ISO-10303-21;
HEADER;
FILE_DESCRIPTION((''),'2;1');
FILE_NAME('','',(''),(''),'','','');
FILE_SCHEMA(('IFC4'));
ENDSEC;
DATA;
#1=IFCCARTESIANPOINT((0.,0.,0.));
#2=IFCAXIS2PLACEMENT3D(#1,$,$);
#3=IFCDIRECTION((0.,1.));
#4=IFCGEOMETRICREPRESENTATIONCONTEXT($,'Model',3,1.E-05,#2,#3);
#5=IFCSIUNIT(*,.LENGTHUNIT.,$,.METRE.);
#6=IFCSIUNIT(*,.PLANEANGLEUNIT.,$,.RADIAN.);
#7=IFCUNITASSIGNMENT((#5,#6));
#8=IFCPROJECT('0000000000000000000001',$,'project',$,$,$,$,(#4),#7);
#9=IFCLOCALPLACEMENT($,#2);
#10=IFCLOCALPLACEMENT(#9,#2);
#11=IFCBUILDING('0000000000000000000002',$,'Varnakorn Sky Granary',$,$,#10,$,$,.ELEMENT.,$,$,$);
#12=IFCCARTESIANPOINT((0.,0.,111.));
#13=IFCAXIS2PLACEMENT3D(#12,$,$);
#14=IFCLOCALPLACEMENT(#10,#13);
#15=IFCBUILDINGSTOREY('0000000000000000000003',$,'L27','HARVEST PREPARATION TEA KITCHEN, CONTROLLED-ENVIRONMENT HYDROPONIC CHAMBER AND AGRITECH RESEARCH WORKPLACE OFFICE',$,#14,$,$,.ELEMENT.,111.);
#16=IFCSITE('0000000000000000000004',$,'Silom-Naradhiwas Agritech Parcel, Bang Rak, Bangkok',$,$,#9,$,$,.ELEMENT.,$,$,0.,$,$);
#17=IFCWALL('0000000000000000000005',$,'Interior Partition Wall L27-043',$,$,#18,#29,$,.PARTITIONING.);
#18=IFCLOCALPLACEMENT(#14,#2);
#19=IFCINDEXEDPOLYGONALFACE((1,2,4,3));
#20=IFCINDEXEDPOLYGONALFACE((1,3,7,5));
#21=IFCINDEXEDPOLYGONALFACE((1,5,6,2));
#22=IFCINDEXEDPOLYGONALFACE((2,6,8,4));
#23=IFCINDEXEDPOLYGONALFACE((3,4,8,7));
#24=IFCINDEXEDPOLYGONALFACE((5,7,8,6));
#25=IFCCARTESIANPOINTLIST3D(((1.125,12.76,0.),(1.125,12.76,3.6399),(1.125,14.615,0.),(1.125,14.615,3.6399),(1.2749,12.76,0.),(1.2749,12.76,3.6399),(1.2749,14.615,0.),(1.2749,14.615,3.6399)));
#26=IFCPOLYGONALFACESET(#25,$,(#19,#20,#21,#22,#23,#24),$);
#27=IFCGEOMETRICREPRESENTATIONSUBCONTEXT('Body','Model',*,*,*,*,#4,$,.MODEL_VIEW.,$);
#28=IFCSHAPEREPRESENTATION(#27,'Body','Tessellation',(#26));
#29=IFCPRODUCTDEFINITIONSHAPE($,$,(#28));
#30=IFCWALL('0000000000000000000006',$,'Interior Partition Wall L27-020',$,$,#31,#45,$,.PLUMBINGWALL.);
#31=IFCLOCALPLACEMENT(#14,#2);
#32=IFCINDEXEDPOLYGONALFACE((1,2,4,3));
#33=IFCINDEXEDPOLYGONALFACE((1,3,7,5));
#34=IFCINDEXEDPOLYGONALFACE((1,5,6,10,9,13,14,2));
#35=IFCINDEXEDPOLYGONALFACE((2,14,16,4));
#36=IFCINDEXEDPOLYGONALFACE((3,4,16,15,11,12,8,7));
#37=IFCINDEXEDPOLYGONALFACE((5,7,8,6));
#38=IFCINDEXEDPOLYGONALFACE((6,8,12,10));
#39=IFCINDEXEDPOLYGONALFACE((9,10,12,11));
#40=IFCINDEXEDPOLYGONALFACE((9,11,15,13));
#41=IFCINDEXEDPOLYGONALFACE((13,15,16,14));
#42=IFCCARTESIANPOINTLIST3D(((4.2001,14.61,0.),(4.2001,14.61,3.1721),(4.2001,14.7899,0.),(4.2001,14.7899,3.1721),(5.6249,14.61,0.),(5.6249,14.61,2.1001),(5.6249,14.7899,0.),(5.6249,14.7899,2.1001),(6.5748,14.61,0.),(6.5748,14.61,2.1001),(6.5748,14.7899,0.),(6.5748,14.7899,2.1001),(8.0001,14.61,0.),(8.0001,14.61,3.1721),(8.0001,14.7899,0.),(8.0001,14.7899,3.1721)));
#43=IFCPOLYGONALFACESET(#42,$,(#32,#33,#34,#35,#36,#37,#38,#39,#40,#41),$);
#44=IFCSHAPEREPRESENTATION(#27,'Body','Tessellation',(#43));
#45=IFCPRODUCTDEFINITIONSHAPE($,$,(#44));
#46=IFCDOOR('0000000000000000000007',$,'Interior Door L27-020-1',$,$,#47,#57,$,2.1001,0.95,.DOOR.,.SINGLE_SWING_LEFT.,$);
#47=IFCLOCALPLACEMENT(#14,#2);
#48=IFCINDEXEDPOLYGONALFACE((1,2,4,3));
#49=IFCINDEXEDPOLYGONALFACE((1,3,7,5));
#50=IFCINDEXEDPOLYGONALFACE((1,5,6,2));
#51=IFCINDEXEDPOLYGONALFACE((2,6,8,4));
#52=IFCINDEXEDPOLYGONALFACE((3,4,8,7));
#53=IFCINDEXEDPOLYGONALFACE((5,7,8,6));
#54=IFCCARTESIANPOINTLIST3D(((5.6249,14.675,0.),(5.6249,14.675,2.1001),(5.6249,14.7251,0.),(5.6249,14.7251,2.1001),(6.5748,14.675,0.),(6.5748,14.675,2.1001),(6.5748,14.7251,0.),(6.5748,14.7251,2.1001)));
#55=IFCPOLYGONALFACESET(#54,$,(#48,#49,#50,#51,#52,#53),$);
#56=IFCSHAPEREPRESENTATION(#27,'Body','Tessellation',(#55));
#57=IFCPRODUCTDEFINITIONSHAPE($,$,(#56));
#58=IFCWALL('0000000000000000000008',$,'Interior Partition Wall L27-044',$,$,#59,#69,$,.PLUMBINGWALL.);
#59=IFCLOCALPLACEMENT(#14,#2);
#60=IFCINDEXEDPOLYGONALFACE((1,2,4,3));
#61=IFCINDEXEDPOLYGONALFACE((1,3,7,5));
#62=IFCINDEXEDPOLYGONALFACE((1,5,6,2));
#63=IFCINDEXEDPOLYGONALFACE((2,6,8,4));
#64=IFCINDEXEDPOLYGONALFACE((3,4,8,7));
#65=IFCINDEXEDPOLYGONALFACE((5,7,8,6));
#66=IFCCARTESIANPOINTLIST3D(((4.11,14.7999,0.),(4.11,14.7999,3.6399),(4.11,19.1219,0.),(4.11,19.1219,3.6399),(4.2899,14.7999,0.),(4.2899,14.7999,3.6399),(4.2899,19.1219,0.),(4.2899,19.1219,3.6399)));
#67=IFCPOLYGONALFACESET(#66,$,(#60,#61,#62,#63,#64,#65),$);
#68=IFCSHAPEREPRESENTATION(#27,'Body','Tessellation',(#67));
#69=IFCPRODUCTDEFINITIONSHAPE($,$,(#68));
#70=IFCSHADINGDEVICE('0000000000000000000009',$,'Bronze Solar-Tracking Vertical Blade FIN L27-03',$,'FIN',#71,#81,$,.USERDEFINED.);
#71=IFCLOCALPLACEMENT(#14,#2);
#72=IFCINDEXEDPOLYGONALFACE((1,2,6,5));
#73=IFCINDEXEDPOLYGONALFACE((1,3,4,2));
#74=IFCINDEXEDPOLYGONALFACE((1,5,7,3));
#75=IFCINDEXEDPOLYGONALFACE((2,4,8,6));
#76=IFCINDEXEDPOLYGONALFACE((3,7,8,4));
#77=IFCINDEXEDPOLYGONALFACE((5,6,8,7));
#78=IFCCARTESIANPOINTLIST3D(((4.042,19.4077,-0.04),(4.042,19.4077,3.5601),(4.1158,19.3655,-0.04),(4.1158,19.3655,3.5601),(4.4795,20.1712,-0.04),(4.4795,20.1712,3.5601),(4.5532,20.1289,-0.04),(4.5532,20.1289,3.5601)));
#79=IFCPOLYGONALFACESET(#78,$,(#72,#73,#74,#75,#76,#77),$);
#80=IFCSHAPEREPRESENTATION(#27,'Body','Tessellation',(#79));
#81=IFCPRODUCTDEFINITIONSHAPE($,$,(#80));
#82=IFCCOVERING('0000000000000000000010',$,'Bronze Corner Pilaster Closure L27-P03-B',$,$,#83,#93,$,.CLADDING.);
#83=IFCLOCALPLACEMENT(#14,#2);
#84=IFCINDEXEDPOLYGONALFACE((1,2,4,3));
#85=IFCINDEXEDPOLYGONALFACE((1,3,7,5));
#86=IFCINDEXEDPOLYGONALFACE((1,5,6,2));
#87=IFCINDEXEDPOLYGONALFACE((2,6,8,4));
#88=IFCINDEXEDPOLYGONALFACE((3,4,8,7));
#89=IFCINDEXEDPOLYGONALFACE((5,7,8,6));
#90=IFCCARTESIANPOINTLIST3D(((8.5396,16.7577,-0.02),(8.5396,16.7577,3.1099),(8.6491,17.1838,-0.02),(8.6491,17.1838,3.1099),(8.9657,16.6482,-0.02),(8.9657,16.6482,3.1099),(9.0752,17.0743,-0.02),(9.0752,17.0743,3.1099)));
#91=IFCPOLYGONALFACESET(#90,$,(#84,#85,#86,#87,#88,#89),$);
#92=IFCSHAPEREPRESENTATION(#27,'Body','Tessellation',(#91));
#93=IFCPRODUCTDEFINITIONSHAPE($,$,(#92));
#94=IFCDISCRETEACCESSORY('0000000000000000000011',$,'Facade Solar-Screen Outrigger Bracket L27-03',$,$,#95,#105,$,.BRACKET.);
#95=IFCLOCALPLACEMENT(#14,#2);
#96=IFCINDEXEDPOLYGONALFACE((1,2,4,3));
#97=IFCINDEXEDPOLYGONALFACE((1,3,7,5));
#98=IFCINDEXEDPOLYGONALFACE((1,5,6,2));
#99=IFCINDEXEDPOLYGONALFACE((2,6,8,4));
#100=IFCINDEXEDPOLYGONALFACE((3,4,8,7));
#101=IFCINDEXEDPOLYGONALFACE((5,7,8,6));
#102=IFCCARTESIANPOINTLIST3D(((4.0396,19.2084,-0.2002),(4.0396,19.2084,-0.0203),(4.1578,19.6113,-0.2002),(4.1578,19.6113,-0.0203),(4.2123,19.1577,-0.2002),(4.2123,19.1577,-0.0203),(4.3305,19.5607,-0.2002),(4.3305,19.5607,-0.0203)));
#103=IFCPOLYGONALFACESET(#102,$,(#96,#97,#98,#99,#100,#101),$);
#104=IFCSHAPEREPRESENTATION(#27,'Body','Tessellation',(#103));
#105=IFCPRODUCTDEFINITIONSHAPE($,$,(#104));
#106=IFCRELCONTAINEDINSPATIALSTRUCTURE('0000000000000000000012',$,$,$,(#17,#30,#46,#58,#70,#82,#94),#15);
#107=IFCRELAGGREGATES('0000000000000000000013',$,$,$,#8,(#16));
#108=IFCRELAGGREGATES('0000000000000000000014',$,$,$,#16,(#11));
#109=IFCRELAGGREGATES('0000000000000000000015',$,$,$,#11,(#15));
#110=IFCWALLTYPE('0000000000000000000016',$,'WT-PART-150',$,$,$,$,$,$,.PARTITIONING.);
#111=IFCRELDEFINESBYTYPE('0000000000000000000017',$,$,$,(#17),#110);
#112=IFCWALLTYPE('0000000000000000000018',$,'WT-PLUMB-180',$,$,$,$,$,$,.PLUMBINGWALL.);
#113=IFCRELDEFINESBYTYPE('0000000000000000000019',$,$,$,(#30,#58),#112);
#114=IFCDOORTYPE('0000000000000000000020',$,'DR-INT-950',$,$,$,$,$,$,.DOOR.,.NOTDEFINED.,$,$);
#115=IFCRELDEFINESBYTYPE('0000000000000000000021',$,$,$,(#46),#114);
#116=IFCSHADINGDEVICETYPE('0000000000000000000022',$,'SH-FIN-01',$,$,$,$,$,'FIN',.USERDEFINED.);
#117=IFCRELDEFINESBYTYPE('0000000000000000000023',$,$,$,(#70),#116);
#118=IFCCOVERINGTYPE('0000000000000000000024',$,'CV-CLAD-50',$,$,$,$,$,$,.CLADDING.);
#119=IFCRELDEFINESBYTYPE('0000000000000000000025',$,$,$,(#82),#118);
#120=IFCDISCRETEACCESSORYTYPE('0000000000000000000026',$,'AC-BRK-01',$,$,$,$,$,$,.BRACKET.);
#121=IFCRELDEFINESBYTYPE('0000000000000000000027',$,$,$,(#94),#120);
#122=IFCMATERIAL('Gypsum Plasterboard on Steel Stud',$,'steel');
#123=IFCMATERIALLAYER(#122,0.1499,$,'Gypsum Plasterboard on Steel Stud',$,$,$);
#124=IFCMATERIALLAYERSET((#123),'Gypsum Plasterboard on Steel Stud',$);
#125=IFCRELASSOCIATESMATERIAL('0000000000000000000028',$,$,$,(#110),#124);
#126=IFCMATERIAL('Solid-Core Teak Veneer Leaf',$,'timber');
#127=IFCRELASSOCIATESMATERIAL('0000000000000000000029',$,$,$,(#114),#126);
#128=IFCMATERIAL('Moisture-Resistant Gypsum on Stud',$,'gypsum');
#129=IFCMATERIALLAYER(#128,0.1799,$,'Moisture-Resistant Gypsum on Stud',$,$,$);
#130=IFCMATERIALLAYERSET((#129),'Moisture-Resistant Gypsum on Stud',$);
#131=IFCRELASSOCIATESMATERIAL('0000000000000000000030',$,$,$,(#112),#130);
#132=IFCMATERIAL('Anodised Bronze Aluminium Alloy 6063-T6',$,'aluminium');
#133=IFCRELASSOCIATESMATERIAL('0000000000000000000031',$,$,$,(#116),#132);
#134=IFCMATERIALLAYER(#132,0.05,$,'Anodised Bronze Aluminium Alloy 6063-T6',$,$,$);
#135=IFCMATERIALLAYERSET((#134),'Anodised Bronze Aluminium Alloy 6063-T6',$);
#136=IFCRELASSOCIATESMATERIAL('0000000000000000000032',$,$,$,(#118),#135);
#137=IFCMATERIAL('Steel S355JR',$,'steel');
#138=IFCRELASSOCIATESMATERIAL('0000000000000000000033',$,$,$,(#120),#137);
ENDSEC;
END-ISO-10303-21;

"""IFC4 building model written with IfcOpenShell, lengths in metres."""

from ifc_helpers import new_model, si_unit, direction, frame, frame_2d, origin, origin_2d, place, context, subcontext, project, spatial, rectangle, extrude, source, transform, mapped, material, layer, layer_set, type_object, type_shapes, element, fill, save


model = new_model("IFC4")

# Units and contexts
model_context = context("Model", 3, precision=1e-05, world=origin(), true_north=direction((0.0, 1.0)))
body_context = subcontext(model_context, "Body", "Model", "MODEL_VIEW")
ifc_project = project(units=[si_unit("LENGTHUNIT", "METRE"), si_unit("PLANEANGLEUNIT", "RADIAN")], contexts=[model_context])

# Site, building, storey
site_placement = place(None, origin())
site = spatial("IfcSite", under=ifc_project, at=site_placement, Name="Silom-Naradhiwas Agritech Parcel, Bang Rak, Bangkok", CompositionType="ELEMENT", RefElevation=0.0)
building_placement = place(site_placement, origin())
building = spatial("IfcBuilding", under=site, at=building_placement, Name="Varnakorn Sky Granary", CompositionType="ELEMENT")
storey_placement = place(building_placement, frame((0.0, 0.0, 111.0)))
storey = spatial("IfcBuildingStorey", under=building, at=storey_placement, Name="L27", Description="HARVEST PREPARATION TEA KITCHEN, CONTROLLED-ENVIRONMENT HYDROPONIC CHAMBER AND AGRITECH RESEARCH WORKPLACE OFFICE", CompositionType="ELEMENT", Elevation=111.0)

# Shared definitions
ifc_material_1 = material(Name="Steel S355JR", Category="steel")

# Shared definitions
ifc_material_2 = material(Name="Gypsum Plasterboard on Steel Stud", Category="steel")
ifc_layer_1 = layer(ifc_material_2, 0.1499, Name="Gypsum Plasterboard on Steel Stud")
ifc_layer_set_1 = layer_set([ifc_layer_1], Name="Gypsum Plasterboard on Steel Stud")
wall_type_1 = type_object("IfcWallType", Name="WT-PART-150", PredefinedType="PARTITIONING", material=ifc_layer_set_1)
ifc_material_3 = material(Name="Solid-Core Teak Veneer Leaf", Category="timber")
door_type_1 = type_object("IfcDoorType", Name="DR-INT-950", OperationType="NOTDEFINED", PredefinedType="DOOR", material=ifc_material_3)

# Wall
wall_1_placement = place(storey_placement, frame((1.2, 14.615, 0.0), z_axis=(0.0, 0.0, 1.0), x_axis=(0.0, -1.0, 0.0)))
element("IfcWall", 1, at=wall_1_placement, inside=storey, type_object=wall_type_1, Name="Interior Partition Wall L27-043", PredefinedType="PARTITIONING", context=body_context, shape_type="SweptSolid", body=[
    extrude(rectangle(XDim=1.855, YDim=0.1499, at=frame_2d((0.9275, 0.0))), origin(), (0.0, 0.0, 1.0), 3.6399),
])

# Wall, opening, door
ifc_material_4 = material(Name="Moisture-Resistant Gypsum on Stud", Category="gypsum")
ifc_layer_2 = layer(ifc_material_4, 0.1799, Name="Moisture-Resistant Gypsum on Stud")
ifc_layer_set_2 = layer_set([ifc_layer_2], Name="Moisture-Resistant Gypsum on Stud")
wall_type_2 = type_object("IfcWallType", Name="WT-PLUMB-180", PredefinedType="PLUMBINGWALL", material=ifc_layer_set_2)
wall_2_placement = place(storey_placement, frame((8.0, 14.7, 0.0), z_axis=(0.0, 0.0, 1.0), x_axis=(-1.0, 0.0, 0.0)))
wall_2 = element("IfcWall", 2, at=wall_2_placement, inside=storey, type_object=wall_type_2, Name="Interior Partition Wall L27-020", PredefinedType="PLUMBINGWALL", context=body_context, shape_type="SweptSolid", body=[
    extrude(rectangle(XDim=3.8, YDim=0.1799, at=frame_2d((1.8999, 0.0))), origin(), (0.0, 0.0, 1.0), 3.1721),
])
opening_1_placement = place(wall_2_placement, frame((1.425, 0.0, 0.0)))
opening_1 = element("IfcOpeningElement", 3, at=opening_1_placement, cuts=wall_2, PredefinedType="OPENING", context=body_context, shape_type="SweptSolid", body=[
    extrude(rectangle(XDim=0.95, YDim=2.1001, at=frame_2d((0.4751, 1.05))), frame((0.0, 0.1001, 0.0), z_axis=(0.0, -1.0, 0.0), x_axis=(1.0, 0.0, 0.0)), (0.0, 0.0, 1.0), 0.2),
])
door_1_placement = place(opening_1_placement, origin())
door_1 = element("IfcDoor", 4, at=door_1_placement, inside=storey, type_object=door_type_1, Name="Interior Door L27-020-1", OperationType="SINGLE_SWING_LEFT", OverallHeight=2.1001, OverallWidth=0.95, PredefinedType="DOOR", context=body_context, shape_type="SweptSolid", body=[
    extrude(rectangle(XDim=0.95, YDim=2.1001, at=frame_2d((0.4751, 1.05))), frame((0.0, 0.0249, 0.0), z_axis=(0.0, -1.0, 0.0), x_axis=(1.0, 0.0, 0.0)), (0.0, 0.0, 1.0), 0.05),
])
fill(opening_1, door_1)

# Wall
wall_3_placement = place(storey_placement, frame((4.2, 19.1221, 0.0), z_axis=(0.0, 0.0, 1.0), x_axis=(0.0, -1.0, 0.0)))
element("IfcWall", 5, at=wall_3_placement, inside=storey, type_object=wall_type_2, Name="Interior Partition Wall L27-044", PredefinedType="PLUMBINGWALL", context=body_context, shape_type="SweptSolid", body=[
    extrude(rectangle(XDim=4.322, YDim=0.1799, at=frame_2d((2.1611, 0.0))), origin(), (0.0, 0.0, 1.0), 3.6399),
])

# Shading device
ifc_material_5 = material(Name="Anodised Bronze Aluminium Alloy 6063-T6", Category="aluminium")
shading_device_type = type_object("IfcShadingDeviceType", Name="SH-FIN-01", ElementType="FIN", PredefinedType="USERDEFINED", material=ifc_material_5)
shared_shape_1 = source(origin(), body_context, "Body", "SweptSolid", [
    extrude(rectangle(XDim=0.085, YDim=0.8799, at=origin_2d()), origin(), (0.0, 0.0, 1.0), 3.6001),
])
type_shapes(shading_device_type, [shared_shape_1])
shading_device_placement = place(storey_placement, frame((4.2976, 19.7683, -0.04), z_axis=(0.0, 0.0, 1.0), x_axis=(-0.867671, 0.497139, 0.0)))
element("IfcShadingDevice", 6, at=shading_device_placement, inside=storey, type_object=shading_device_type, Name="Bronze Solar-Tracking Vertical Blade FIN L27-03", ObjectType="FIN", PredefinedType="USERDEFINED", context=body_context, shape_type="MappedRepresentation", body=[
    mapped(shared_shape_1, transform((0.0, 0.0, 0.0), x_axis=(1.0, 0.0, 0.0), y_axis=(0.0, 1.0, 0.0), z_axis=(0.0, 0.0, 1.0), scale=1.0)),
])

# Covering
ifc_layer_3 = layer(ifc_material_5, 0.05, Name="Anodised Bronze Aluminium Alloy 6063-T6")
ifc_layer_set_3 = layer_set([ifc_layer_3], Name="Anodised Bronze Aluminium Alloy 6063-T6")
covering_type = type_object("IfcCoveringType", Name="CV-CLAD-50", PredefinedType="CLADDING", material=ifc_layer_set_3)
shared_shape_2 = source(origin(), body_context, "Body", "SweptSolid", [
    extrude(rectangle(XDim=0.4399, YDim=0.4399, at=origin_2d()), origin(), (0.0, 0.0, 1.0), 3.1299),
])
type_shapes(covering_type, [shared_shape_2])
covering_placement = place(storey_placement, frame((8.8074, 16.916, -0.02), z_axis=(0.0, 0.0, 1.0), x_axis=(0.96854, -0.248859, 0.0)))
element("IfcCovering", 7, at=covering_placement, inside=storey, type_object=covering_type, Name="Bronze Corner Pilaster Closure L27-P03-B", PredefinedType="CLADDING", context=body_context, shape_type="MappedRepresentation", body=[
    mapped(shared_shape_2, transform((0.0, 0.0, 0.0), x_axis=(1.0, 0.0, 0.0), y_axis=(0.0, 1.0, 0.0), z_axis=(0.0, 0.0, 1.0), scale=1.0)),
])

# Discrete accessory
discrete_accessory_type = type_object("IfcDiscreteAccessoryType", Name="AC-BRK-01", PredefinedType="BRACKET", material=ifc_material_1)
shared_shape_3 = source(origin(), body_context, "Body", "SweptSolid", [
    extrude(rectangle(XDim=0.1799, YDim=0.4199, at=origin_2d()), origin(), (0.0, 0.0, 1.0), 0.1799),
])
type_shapes(discrete_accessory_type, [shared_shape_3])
discrete_accessory_placement = place(storey_placement, frame((4.1851, 19.3845, -0.2002), z_axis=(0.0, 0.0, 1.0), x_axis=(-0.959583, 0.281426, 0.0)))
element("IfcDiscreteAccessory", 8, at=discrete_accessory_placement, inside=storey, type_object=discrete_accessory_type, Name="Facade Solar-Screen Outrigger Bracket L27-03", PredefinedType="BRACKET", context=body_context, shape_type="MappedRepresentation", body=[
    mapped(shared_shape_3, transform((0.0, 0.0, 0.0), x_axis=(1.0, 0.0, 0.0), y_axis=(0.0, 1.0, 0.0), z_axis=(0.0, 0.0, 1.0), scale=1.0)),
])

save(model, "model.ifc")
